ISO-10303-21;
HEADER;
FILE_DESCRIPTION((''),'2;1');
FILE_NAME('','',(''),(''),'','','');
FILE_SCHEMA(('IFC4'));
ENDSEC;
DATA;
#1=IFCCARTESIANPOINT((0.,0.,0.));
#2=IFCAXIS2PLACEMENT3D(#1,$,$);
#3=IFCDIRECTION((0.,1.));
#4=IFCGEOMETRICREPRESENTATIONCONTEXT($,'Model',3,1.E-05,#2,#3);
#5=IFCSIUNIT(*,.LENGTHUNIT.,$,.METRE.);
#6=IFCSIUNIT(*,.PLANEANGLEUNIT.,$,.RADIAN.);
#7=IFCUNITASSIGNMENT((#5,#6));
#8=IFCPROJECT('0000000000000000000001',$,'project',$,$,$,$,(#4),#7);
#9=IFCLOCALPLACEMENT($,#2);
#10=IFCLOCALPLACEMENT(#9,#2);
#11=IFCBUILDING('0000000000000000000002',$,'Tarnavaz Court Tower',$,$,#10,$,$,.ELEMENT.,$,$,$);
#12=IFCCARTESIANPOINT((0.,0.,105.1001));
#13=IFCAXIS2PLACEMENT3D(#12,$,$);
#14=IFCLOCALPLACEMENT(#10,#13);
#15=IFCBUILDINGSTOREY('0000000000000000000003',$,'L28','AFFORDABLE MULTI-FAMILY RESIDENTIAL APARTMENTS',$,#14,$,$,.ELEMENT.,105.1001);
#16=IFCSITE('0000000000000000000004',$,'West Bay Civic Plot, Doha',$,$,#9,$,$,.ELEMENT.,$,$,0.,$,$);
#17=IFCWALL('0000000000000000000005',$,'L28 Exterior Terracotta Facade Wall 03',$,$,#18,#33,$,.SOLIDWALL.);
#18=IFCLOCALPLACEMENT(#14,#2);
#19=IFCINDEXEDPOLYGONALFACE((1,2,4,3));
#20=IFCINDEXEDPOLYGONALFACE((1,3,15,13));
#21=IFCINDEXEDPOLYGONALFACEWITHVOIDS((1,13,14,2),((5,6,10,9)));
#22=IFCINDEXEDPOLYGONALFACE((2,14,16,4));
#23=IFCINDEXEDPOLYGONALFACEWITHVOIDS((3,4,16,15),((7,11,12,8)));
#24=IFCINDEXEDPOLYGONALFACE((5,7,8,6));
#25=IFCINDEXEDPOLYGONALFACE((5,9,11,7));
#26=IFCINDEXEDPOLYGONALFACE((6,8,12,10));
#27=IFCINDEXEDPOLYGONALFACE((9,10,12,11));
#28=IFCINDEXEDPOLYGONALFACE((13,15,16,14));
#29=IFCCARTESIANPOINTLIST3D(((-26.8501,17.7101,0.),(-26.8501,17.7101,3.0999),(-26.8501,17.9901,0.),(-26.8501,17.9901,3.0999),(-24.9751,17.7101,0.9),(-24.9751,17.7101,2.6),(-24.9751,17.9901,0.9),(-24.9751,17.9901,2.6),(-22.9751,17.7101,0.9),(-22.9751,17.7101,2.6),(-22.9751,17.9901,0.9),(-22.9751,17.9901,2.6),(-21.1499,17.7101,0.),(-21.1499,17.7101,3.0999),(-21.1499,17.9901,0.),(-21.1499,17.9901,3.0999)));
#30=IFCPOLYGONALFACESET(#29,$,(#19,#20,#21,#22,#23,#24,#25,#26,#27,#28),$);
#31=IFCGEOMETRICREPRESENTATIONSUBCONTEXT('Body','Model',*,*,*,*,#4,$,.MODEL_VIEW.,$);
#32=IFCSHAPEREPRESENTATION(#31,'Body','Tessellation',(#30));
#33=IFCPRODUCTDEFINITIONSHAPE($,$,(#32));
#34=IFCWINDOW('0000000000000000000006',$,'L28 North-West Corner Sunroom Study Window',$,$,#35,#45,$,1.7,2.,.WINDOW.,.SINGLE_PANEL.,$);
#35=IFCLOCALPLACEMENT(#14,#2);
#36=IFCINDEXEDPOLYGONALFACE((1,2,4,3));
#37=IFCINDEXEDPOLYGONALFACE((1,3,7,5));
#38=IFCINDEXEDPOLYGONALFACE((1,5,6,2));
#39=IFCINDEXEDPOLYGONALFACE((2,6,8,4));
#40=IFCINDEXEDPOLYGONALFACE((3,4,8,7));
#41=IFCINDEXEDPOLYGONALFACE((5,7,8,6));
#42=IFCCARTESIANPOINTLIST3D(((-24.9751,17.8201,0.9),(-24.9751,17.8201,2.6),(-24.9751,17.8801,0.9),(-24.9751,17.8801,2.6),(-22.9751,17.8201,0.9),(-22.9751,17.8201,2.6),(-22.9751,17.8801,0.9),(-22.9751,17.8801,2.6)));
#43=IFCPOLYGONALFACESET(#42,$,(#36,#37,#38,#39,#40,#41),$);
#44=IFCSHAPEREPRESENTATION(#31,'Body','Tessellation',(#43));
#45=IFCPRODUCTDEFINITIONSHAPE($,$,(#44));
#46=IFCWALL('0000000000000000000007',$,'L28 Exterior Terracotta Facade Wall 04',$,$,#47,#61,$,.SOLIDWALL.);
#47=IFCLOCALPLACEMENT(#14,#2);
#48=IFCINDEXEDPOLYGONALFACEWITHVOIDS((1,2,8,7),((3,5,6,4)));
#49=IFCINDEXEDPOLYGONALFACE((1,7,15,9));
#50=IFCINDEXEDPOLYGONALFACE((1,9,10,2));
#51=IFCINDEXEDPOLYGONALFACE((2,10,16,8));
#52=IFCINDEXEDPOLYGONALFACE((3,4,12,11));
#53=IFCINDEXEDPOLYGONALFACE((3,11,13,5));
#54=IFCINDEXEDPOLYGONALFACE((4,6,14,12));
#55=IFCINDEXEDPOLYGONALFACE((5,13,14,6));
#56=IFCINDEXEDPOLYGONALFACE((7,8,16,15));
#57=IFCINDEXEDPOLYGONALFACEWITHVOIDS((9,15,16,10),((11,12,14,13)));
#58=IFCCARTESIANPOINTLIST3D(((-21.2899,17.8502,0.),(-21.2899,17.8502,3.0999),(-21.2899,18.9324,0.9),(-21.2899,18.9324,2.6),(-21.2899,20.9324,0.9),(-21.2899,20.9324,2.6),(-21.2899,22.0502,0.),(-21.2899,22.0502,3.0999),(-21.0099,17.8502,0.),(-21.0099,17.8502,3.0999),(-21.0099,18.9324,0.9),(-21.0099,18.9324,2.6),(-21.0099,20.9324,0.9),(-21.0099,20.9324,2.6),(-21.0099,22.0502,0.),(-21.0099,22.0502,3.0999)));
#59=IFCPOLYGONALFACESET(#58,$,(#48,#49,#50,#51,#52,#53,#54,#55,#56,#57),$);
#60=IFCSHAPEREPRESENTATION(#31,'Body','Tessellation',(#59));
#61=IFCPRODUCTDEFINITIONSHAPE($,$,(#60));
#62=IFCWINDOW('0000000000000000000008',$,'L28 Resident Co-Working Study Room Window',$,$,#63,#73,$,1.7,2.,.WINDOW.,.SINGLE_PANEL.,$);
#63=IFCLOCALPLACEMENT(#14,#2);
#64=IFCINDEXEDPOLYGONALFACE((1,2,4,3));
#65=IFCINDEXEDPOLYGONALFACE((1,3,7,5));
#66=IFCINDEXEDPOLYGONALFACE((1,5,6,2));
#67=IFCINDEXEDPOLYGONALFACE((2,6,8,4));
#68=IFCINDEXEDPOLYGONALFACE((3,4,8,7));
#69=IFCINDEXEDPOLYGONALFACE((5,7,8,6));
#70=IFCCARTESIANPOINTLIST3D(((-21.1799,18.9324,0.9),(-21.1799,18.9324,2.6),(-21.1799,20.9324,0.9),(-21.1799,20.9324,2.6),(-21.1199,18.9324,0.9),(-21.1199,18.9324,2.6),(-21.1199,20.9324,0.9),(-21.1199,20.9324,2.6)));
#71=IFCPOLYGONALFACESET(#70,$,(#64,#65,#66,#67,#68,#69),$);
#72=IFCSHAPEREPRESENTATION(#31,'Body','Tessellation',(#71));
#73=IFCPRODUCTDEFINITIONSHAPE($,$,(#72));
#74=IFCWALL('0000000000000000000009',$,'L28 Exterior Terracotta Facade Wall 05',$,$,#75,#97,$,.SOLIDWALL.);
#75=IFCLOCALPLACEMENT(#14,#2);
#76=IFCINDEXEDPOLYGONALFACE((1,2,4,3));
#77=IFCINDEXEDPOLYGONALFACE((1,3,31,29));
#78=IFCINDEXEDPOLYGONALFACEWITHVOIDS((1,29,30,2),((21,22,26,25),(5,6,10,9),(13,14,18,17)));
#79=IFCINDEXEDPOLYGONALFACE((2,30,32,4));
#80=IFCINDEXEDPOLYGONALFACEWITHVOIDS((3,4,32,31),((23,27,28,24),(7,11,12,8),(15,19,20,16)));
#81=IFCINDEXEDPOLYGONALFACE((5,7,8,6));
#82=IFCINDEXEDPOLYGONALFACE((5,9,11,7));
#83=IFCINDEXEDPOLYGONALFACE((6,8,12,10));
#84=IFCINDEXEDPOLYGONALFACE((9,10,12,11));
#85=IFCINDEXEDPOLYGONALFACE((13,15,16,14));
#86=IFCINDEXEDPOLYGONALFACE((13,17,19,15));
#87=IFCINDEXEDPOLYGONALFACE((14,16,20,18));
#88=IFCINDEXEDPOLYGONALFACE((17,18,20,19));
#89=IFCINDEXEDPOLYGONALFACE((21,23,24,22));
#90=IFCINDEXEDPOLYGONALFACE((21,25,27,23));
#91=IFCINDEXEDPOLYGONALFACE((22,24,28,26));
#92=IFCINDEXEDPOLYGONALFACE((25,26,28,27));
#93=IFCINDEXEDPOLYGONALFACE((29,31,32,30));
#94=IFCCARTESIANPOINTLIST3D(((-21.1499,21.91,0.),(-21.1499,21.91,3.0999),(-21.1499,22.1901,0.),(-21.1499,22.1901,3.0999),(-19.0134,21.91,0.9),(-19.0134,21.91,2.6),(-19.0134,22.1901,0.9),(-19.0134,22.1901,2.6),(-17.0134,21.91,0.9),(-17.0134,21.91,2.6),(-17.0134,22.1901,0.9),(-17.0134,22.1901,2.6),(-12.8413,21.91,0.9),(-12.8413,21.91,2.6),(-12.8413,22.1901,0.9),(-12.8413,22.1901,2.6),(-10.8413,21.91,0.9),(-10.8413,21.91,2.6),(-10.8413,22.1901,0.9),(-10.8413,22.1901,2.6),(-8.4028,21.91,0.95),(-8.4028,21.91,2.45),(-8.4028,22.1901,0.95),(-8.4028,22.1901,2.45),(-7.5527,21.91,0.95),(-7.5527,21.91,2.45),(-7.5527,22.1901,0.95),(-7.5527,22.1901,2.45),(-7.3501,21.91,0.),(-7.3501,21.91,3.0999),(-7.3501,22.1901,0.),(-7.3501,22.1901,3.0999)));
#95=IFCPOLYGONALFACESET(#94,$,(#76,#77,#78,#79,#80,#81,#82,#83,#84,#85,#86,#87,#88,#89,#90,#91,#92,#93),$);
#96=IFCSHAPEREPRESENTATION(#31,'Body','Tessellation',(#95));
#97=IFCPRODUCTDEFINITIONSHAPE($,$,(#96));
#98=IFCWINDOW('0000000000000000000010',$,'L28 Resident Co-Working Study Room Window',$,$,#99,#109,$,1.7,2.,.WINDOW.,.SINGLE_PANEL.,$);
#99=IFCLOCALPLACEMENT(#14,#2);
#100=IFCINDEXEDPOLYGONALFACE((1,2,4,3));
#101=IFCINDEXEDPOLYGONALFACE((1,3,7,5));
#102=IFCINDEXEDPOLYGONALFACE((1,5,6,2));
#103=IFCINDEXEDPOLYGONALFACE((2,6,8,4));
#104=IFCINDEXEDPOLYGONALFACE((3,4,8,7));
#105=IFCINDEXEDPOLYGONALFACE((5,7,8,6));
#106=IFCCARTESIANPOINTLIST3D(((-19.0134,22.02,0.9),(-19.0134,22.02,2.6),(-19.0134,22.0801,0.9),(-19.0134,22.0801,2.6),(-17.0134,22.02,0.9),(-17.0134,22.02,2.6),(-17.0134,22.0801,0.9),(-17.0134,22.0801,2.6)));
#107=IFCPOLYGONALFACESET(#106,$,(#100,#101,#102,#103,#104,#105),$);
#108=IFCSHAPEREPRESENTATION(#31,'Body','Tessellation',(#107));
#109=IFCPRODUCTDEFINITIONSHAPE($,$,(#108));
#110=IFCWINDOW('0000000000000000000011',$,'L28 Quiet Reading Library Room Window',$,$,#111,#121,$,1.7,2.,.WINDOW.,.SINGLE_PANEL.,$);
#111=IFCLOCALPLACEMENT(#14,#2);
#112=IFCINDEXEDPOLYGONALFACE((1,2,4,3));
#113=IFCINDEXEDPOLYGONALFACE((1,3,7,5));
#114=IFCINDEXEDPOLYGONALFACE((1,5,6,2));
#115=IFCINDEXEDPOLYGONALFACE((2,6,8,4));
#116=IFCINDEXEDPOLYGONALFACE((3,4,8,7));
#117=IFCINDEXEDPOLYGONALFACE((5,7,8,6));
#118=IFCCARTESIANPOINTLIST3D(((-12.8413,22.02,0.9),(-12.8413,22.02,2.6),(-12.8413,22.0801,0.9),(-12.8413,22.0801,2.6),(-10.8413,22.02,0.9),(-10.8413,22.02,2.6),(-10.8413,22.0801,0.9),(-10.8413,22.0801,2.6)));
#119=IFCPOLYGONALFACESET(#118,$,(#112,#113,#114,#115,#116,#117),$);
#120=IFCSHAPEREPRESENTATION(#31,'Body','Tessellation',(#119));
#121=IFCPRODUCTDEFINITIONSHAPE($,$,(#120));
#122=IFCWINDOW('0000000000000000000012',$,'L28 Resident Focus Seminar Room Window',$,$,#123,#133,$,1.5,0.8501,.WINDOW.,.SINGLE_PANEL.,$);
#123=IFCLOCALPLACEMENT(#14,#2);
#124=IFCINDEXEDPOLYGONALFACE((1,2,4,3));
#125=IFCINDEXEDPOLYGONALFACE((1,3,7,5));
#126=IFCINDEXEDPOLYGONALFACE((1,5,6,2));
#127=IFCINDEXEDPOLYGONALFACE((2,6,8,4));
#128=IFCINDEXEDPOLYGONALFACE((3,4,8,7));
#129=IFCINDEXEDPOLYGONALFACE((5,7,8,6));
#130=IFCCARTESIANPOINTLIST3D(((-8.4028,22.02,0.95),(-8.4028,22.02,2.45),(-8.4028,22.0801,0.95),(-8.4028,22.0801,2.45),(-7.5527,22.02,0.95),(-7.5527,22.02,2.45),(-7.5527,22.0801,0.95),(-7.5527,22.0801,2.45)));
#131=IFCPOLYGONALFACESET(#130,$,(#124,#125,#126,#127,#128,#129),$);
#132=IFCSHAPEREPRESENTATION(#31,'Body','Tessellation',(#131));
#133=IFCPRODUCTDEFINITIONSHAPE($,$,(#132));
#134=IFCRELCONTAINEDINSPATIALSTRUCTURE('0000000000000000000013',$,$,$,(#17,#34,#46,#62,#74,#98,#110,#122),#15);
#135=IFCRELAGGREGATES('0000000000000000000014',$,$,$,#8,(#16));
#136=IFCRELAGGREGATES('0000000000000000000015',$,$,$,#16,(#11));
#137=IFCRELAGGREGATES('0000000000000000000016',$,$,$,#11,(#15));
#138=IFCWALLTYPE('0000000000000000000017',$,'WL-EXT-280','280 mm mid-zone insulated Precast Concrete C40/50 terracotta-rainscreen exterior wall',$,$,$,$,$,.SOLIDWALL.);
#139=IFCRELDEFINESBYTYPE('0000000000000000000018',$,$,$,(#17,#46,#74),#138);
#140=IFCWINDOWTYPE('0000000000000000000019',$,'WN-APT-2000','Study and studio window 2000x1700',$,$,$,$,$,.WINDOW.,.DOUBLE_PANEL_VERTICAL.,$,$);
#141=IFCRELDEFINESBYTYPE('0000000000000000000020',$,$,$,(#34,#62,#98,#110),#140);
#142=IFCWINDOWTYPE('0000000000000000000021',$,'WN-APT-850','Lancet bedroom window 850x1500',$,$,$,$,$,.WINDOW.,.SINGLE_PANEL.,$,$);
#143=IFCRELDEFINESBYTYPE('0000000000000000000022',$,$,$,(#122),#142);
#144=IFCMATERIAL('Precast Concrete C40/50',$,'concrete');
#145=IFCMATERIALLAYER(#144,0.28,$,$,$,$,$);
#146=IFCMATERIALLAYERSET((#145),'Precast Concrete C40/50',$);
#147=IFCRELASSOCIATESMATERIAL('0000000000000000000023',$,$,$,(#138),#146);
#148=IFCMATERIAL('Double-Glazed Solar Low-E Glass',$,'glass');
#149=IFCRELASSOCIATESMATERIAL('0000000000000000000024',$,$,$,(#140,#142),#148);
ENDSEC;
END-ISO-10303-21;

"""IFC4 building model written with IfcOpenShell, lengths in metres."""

from ifc_helpers import new_model, si_unit, direction, frame, frame_2d, origin, place, context, subcontext, project, spatial, rectangle, extrude, material, layer, layer_set, type_object, element, fill, save


model = new_model("IFC4")

# Units and contexts
model_context = context("Model", 3, precision=1e-05, world=origin(), true_north=direction((0.0, 1.0)))
body_context = subcontext(model_context, "Body", "Model", "MODEL_VIEW")
ifc_project = project(units=[si_unit("LENGTHUNIT", "METRE"), si_unit("PLANEANGLEUNIT", "RADIAN")], contexts=[model_context])

# Site, building, storey
site_placement = place(None, origin())
site = spatial("IfcSite", under=ifc_project, at=site_placement, Name="West Bay Civic Plot, Doha", CompositionType="ELEMENT", RefElevation=0.0)
building_placement = place(site_placement, origin())
building = spatial("IfcBuilding", under=site, at=building_placement, Name="Tarnavaz Court Tower", CompositionType="ELEMENT")
storey_placement = place(building_placement, frame((0.0, 0.0, 105.1001)))
storey = spatial("IfcBuildingStorey", under=building, at=storey_placement, Name="L28", Description="AFFORDABLE MULTI-FAMILY RESIDENTIAL APARTMENTS", CompositionType="ELEMENT", Elevation=105.1001)

# Walls, openings, windows
ifc_material_1 = material(Name="Precast Concrete C40/50", Category="concrete")
ifc_layer_1 = layer(ifc_material_1, 0.28)
ifc_layer_set_1 = layer_set([ifc_layer_1], Name="Precast Concrete C40/50")
wall_type_1 = type_object("IfcWallType", Name="WL-EXT-280", Description="280 mm mid-zone insulated Precast Concrete C40/50 terracotta-rainscreen exterior wall", PredefinedType="SOLIDWALL", material=ifc_layer_set_1)
wall_1_placement = place(storey_placement, frame((-26.8501, 17.8501, 0.0), z_axis=(0.0, 0.0, 1.0), x_axis=(1.0, 0.0, 0.0)))
wall_1 = element("IfcWall", 1, at=wall_1_placement, inside=storey, type_object=wall_type_1, Name="L28 Exterior Terracotta Facade Wall 03", PredefinedType="SOLIDWALL", context=body_context, shape_type="SweptSolid", body=[
    extrude(rectangle(XDim=5.7002, YDim=0.28, at=frame_2d((2.8501, 0.0))), origin(), (0.0, 0.0, 1.0), 3.0999),
])
opening_1_placement = place(wall_1_placement, frame((1.875, 0.0, 0.8999)))
opening_1 = element("IfcOpeningElement", 2, at=opening_1_placement, cuts=wall_1, PredefinedType="OPENING", context=body_context, shape_type="SweptSolid", body=[
    extrude(rectangle(XDim=2.0, YDim=1.7, at=frame_2d((1.0, 0.8501))), frame((0.0, 0.1499, 0.0), z_axis=(0.0, -1.0, 0.0), x_axis=(1.0, 0.0, 0.0)), (0.0, 0.0, 1.0), 0.3),
])
ifc_material_2 = material(Name="Double-Glazed Solar Low-E Glass", Category="glass")
window_type_1 = type_object("IfcWindowType", Name="WN-APT-2000", Description="Study and studio window 2000x1700", PartitioningType="DOUBLE_PANEL_VERTICAL", PredefinedType="WINDOW", material=ifc_material_2)
window_1_placement = place(opening_1_placement, origin())
window_1 = element("IfcWindow", 3, at=window_1_placement, inside=storey, type_object=window_type_1, Name="L28 North-West Corner Sunroom Study Window", OverallHeight=1.7, OverallWidth=2.0, PartitioningType="SINGLE_PANEL", PredefinedType="WINDOW", context=body_context, shape_type="SweptSolid", body=[
    extrude(rectangle(XDim=2.0, YDim=1.7, at=frame_2d((1.0, 0.8501))), frame((0.0, 0.03, 0.0), z_axis=(0.0, -1.0, 0.0), x_axis=(1.0, 0.0, 0.0)), (0.0, 0.0, 1.0), 0.0601),
])
fill(opening_1, window_1)
wall_2_placement = place(storey_placement, frame((-21.1499, 17.8501, 0.0), z_axis=(0.0, 0.0, 1.0), x_axis=(0.0, 1.0, 0.0)))
wall_2 = element("IfcWall", 4, at=wall_2_placement, inside=storey, type_object=wall_type_1, Name="L28 Exterior Terracotta Facade Wall 04", PredefinedType="SOLIDWALL", context=body_context, shape_type="SweptSolid", body=[
    extrude(rectangle(XDim=4.2, YDim=0.28, at=frame_2d((2.1001, 0.0))), origin(), (0.0, 0.0, 1.0), 3.0999),
])
opening_2_placement = place(wall_2_placement, frame((1.0823, 0.0, 0.8999)))
opening_2 = element("IfcOpeningElement", 5, at=opening_2_placement, cuts=wall_2, PredefinedType="OPENING", context=body_context, shape_type="SweptSolid", body=[
    extrude(rectangle(XDim=2.0, YDim=1.7, at=frame_2d((1.0, 0.8501))), frame((0.0, 0.1499, 0.0), z_axis=(0.0, -1.0, 0.0), x_axis=(1.0, 0.0, 0.0)), (0.0, 0.0, 1.0), 0.3),
])
window_2_placement = place(opening_2_placement, origin())
window_2 = element("IfcWindow", 6, at=window_2_placement, inside=storey, type_object=window_type_1, Name="L28 Resident Co-Working Study Room Window", OverallHeight=1.7, OverallWidth=2.0, PartitioningType="SINGLE_PANEL", PredefinedType="WINDOW", context=body_context, shape_type="SweptSolid", body=[
    extrude(rectangle(XDim=2.0, YDim=1.7, at=frame_2d((1.0, 0.8501))), frame((0.0, 0.03, 0.0), z_axis=(0.0, -1.0, 0.0), x_axis=(1.0, 0.0, 0.0)), (0.0, 0.0, 1.0), 0.0601),
])
fill(opening_2, window_2)

# Wall, openings, windows
wall_3_placement = place(storey_placement, frame((-21.1499, 22.05, 0.0), z_axis=(0.0, 0.0, 1.0), x_axis=(1.0, 0.0, 0.0)))
wall_3 = element("IfcWall", 7, at=wall_3_placement, inside=storey, type_object=wall_type_1, Name="L28 Exterior Terracotta Facade Wall 05", PredefinedType="SOLIDWALL", context=body_context, shape_type="SweptSolid", body=[
    extrude(rectangle(XDim=13.7998, YDim=0.28, at=frame_2d((6.8999, 0.0))), origin(), (0.0, 0.0, 1.0), 3.0999),
])
opening_3_placement = place(wall_3_placement, frame((2.1365, 0.0, 0.8999)))
opening_3 = element("IfcOpeningElement", 8, at=opening_3_placement, cuts=wall_3, PredefinedType="OPENING", context=body_context, shape_type="SweptSolid", body=[
    extrude(rectangle(XDim=2.0, YDim=1.7, at=frame_2d((1.0, 0.8501))), frame((0.0, 0.1499, 0.0), z_axis=(0.0, -1.0, 0.0), x_axis=(1.0, 0.0, 0.0)), (0.0, 0.0, 1.0), 0.3),
])
opening_4_placement = place(wall_3_placement, frame((8.3086, 0.0, 0.8999)))
opening_4 = element("IfcOpeningElement", 9, at=opening_4_placement, cuts=wall_3, PredefinedType="OPENING", context=body_context, shape_type="SweptSolid", body=[
    extrude(rectangle(XDim=2.0, YDim=1.7, at=frame_2d((1.0, 0.8501))), frame((0.0, 0.1499, 0.0), z_axis=(0.0, -1.0, 0.0), x_axis=(1.0, 0.0, 0.0)), (0.0, 0.0, 1.0), 0.3),
])
opening_5_placement = place(wall_3_placement, frame((12.7471, 0.0, 0.95)))
opening_5 = element("IfcOpeningElement", 10, at=opening_5_placement, cuts=wall_3, PredefinedType="OPENING", context=body_context, shape_type="SweptSolid", body=[
    extrude(rectangle(XDim=0.8501, YDim=1.5, at=frame_2d((0.425, 0.75))), frame((0.0, 0.1499, 0.0), z_axis=(0.0, -1.0, 0.0), x_axis=(1.0, 0.0, 0.0)), (0.0, 0.0, 1.0), 0.3),
])
window_3_placement = place(opening_3_placement, origin())
window_3 = element("IfcWindow", 11, at=window_3_placement, inside=storey, type_object=window_type_1, Name="L28 Resident Co-Working Study Room Window", OverallHeight=1.7, OverallWidth=2.0, PartitioningType="SINGLE_PANEL", PredefinedType="WINDOW", context=body_context, shape_type="SweptSolid", body=[
    extrude(rectangle(XDim=2.0, YDim=1.7, at=frame_2d((1.0, 0.8501))), frame((0.0, 0.03, 0.0), z_axis=(0.0, -1.0, 0.0), x_axis=(1.0, 0.0, 0.0)), (0.0, 0.0, 1.0), 0.0601),
])
fill(opening_3, window_3)
window_4_placement = place(opening_4_placement, origin())
window_4 = element("IfcWindow", 12, at=window_4_placement, inside=storey, type_object=window_type_1, Name="L28 Quiet Reading Library Room Window", OverallHeight=1.7, OverallWidth=2.0, PartitioningType="SINGLE_PANEL", PredefinedType="WINDOW", context=body_context, shape_type="SweptSolid", body=[
    extrude(rectangle(XDim=2.0, YDim=1.7, at=frame_2d((1.0, 0.8501))), frame((0.0, 0.03, 0.0), z_axis=(0.0, -1.0, 0.0), x_axis=(1.0, 0.0, 0.0)), (0.0, 0.0, 1.0), 0.0601),
])
fill(opening_4, window_4)
window_type_2 = type_object("IfcWindowType", Name="WN-APT-850", Description="Lancet bedroom window 850x1500", PartitioningType="SINGLE_PANEL", PredefinedType="WINDOW", material=ifc_material_2)
window_5_placement = place(opening_5_placement, origin())
window_5 = element("IfcWindow", 13, at=window_5_placement, inside=storey, type_object=window_type_2, Name="L28 Resident Focus Seminar Room Window", OverallHeight=1.5, OverallWidth=0.8501, PartitioningType="SINGLE_PANEL", PredefinedType="WINDOW", context=body_context, shape_type="SweptSolid", body=[
    extrude(rectangle(XDim=0.8501, YDim=1.5, at=frame_2d((0.425, 0.75))), frame((0.0, 0.03, 0.0), z_axis=(0.0, -1.0, 0.0), x_axis=(1.0, 0.0, 0.0)), (0.0, 0.0, 1.0), 0.0601),
])
fill(opening_5, window_5)

save(model, "model.ifc")
